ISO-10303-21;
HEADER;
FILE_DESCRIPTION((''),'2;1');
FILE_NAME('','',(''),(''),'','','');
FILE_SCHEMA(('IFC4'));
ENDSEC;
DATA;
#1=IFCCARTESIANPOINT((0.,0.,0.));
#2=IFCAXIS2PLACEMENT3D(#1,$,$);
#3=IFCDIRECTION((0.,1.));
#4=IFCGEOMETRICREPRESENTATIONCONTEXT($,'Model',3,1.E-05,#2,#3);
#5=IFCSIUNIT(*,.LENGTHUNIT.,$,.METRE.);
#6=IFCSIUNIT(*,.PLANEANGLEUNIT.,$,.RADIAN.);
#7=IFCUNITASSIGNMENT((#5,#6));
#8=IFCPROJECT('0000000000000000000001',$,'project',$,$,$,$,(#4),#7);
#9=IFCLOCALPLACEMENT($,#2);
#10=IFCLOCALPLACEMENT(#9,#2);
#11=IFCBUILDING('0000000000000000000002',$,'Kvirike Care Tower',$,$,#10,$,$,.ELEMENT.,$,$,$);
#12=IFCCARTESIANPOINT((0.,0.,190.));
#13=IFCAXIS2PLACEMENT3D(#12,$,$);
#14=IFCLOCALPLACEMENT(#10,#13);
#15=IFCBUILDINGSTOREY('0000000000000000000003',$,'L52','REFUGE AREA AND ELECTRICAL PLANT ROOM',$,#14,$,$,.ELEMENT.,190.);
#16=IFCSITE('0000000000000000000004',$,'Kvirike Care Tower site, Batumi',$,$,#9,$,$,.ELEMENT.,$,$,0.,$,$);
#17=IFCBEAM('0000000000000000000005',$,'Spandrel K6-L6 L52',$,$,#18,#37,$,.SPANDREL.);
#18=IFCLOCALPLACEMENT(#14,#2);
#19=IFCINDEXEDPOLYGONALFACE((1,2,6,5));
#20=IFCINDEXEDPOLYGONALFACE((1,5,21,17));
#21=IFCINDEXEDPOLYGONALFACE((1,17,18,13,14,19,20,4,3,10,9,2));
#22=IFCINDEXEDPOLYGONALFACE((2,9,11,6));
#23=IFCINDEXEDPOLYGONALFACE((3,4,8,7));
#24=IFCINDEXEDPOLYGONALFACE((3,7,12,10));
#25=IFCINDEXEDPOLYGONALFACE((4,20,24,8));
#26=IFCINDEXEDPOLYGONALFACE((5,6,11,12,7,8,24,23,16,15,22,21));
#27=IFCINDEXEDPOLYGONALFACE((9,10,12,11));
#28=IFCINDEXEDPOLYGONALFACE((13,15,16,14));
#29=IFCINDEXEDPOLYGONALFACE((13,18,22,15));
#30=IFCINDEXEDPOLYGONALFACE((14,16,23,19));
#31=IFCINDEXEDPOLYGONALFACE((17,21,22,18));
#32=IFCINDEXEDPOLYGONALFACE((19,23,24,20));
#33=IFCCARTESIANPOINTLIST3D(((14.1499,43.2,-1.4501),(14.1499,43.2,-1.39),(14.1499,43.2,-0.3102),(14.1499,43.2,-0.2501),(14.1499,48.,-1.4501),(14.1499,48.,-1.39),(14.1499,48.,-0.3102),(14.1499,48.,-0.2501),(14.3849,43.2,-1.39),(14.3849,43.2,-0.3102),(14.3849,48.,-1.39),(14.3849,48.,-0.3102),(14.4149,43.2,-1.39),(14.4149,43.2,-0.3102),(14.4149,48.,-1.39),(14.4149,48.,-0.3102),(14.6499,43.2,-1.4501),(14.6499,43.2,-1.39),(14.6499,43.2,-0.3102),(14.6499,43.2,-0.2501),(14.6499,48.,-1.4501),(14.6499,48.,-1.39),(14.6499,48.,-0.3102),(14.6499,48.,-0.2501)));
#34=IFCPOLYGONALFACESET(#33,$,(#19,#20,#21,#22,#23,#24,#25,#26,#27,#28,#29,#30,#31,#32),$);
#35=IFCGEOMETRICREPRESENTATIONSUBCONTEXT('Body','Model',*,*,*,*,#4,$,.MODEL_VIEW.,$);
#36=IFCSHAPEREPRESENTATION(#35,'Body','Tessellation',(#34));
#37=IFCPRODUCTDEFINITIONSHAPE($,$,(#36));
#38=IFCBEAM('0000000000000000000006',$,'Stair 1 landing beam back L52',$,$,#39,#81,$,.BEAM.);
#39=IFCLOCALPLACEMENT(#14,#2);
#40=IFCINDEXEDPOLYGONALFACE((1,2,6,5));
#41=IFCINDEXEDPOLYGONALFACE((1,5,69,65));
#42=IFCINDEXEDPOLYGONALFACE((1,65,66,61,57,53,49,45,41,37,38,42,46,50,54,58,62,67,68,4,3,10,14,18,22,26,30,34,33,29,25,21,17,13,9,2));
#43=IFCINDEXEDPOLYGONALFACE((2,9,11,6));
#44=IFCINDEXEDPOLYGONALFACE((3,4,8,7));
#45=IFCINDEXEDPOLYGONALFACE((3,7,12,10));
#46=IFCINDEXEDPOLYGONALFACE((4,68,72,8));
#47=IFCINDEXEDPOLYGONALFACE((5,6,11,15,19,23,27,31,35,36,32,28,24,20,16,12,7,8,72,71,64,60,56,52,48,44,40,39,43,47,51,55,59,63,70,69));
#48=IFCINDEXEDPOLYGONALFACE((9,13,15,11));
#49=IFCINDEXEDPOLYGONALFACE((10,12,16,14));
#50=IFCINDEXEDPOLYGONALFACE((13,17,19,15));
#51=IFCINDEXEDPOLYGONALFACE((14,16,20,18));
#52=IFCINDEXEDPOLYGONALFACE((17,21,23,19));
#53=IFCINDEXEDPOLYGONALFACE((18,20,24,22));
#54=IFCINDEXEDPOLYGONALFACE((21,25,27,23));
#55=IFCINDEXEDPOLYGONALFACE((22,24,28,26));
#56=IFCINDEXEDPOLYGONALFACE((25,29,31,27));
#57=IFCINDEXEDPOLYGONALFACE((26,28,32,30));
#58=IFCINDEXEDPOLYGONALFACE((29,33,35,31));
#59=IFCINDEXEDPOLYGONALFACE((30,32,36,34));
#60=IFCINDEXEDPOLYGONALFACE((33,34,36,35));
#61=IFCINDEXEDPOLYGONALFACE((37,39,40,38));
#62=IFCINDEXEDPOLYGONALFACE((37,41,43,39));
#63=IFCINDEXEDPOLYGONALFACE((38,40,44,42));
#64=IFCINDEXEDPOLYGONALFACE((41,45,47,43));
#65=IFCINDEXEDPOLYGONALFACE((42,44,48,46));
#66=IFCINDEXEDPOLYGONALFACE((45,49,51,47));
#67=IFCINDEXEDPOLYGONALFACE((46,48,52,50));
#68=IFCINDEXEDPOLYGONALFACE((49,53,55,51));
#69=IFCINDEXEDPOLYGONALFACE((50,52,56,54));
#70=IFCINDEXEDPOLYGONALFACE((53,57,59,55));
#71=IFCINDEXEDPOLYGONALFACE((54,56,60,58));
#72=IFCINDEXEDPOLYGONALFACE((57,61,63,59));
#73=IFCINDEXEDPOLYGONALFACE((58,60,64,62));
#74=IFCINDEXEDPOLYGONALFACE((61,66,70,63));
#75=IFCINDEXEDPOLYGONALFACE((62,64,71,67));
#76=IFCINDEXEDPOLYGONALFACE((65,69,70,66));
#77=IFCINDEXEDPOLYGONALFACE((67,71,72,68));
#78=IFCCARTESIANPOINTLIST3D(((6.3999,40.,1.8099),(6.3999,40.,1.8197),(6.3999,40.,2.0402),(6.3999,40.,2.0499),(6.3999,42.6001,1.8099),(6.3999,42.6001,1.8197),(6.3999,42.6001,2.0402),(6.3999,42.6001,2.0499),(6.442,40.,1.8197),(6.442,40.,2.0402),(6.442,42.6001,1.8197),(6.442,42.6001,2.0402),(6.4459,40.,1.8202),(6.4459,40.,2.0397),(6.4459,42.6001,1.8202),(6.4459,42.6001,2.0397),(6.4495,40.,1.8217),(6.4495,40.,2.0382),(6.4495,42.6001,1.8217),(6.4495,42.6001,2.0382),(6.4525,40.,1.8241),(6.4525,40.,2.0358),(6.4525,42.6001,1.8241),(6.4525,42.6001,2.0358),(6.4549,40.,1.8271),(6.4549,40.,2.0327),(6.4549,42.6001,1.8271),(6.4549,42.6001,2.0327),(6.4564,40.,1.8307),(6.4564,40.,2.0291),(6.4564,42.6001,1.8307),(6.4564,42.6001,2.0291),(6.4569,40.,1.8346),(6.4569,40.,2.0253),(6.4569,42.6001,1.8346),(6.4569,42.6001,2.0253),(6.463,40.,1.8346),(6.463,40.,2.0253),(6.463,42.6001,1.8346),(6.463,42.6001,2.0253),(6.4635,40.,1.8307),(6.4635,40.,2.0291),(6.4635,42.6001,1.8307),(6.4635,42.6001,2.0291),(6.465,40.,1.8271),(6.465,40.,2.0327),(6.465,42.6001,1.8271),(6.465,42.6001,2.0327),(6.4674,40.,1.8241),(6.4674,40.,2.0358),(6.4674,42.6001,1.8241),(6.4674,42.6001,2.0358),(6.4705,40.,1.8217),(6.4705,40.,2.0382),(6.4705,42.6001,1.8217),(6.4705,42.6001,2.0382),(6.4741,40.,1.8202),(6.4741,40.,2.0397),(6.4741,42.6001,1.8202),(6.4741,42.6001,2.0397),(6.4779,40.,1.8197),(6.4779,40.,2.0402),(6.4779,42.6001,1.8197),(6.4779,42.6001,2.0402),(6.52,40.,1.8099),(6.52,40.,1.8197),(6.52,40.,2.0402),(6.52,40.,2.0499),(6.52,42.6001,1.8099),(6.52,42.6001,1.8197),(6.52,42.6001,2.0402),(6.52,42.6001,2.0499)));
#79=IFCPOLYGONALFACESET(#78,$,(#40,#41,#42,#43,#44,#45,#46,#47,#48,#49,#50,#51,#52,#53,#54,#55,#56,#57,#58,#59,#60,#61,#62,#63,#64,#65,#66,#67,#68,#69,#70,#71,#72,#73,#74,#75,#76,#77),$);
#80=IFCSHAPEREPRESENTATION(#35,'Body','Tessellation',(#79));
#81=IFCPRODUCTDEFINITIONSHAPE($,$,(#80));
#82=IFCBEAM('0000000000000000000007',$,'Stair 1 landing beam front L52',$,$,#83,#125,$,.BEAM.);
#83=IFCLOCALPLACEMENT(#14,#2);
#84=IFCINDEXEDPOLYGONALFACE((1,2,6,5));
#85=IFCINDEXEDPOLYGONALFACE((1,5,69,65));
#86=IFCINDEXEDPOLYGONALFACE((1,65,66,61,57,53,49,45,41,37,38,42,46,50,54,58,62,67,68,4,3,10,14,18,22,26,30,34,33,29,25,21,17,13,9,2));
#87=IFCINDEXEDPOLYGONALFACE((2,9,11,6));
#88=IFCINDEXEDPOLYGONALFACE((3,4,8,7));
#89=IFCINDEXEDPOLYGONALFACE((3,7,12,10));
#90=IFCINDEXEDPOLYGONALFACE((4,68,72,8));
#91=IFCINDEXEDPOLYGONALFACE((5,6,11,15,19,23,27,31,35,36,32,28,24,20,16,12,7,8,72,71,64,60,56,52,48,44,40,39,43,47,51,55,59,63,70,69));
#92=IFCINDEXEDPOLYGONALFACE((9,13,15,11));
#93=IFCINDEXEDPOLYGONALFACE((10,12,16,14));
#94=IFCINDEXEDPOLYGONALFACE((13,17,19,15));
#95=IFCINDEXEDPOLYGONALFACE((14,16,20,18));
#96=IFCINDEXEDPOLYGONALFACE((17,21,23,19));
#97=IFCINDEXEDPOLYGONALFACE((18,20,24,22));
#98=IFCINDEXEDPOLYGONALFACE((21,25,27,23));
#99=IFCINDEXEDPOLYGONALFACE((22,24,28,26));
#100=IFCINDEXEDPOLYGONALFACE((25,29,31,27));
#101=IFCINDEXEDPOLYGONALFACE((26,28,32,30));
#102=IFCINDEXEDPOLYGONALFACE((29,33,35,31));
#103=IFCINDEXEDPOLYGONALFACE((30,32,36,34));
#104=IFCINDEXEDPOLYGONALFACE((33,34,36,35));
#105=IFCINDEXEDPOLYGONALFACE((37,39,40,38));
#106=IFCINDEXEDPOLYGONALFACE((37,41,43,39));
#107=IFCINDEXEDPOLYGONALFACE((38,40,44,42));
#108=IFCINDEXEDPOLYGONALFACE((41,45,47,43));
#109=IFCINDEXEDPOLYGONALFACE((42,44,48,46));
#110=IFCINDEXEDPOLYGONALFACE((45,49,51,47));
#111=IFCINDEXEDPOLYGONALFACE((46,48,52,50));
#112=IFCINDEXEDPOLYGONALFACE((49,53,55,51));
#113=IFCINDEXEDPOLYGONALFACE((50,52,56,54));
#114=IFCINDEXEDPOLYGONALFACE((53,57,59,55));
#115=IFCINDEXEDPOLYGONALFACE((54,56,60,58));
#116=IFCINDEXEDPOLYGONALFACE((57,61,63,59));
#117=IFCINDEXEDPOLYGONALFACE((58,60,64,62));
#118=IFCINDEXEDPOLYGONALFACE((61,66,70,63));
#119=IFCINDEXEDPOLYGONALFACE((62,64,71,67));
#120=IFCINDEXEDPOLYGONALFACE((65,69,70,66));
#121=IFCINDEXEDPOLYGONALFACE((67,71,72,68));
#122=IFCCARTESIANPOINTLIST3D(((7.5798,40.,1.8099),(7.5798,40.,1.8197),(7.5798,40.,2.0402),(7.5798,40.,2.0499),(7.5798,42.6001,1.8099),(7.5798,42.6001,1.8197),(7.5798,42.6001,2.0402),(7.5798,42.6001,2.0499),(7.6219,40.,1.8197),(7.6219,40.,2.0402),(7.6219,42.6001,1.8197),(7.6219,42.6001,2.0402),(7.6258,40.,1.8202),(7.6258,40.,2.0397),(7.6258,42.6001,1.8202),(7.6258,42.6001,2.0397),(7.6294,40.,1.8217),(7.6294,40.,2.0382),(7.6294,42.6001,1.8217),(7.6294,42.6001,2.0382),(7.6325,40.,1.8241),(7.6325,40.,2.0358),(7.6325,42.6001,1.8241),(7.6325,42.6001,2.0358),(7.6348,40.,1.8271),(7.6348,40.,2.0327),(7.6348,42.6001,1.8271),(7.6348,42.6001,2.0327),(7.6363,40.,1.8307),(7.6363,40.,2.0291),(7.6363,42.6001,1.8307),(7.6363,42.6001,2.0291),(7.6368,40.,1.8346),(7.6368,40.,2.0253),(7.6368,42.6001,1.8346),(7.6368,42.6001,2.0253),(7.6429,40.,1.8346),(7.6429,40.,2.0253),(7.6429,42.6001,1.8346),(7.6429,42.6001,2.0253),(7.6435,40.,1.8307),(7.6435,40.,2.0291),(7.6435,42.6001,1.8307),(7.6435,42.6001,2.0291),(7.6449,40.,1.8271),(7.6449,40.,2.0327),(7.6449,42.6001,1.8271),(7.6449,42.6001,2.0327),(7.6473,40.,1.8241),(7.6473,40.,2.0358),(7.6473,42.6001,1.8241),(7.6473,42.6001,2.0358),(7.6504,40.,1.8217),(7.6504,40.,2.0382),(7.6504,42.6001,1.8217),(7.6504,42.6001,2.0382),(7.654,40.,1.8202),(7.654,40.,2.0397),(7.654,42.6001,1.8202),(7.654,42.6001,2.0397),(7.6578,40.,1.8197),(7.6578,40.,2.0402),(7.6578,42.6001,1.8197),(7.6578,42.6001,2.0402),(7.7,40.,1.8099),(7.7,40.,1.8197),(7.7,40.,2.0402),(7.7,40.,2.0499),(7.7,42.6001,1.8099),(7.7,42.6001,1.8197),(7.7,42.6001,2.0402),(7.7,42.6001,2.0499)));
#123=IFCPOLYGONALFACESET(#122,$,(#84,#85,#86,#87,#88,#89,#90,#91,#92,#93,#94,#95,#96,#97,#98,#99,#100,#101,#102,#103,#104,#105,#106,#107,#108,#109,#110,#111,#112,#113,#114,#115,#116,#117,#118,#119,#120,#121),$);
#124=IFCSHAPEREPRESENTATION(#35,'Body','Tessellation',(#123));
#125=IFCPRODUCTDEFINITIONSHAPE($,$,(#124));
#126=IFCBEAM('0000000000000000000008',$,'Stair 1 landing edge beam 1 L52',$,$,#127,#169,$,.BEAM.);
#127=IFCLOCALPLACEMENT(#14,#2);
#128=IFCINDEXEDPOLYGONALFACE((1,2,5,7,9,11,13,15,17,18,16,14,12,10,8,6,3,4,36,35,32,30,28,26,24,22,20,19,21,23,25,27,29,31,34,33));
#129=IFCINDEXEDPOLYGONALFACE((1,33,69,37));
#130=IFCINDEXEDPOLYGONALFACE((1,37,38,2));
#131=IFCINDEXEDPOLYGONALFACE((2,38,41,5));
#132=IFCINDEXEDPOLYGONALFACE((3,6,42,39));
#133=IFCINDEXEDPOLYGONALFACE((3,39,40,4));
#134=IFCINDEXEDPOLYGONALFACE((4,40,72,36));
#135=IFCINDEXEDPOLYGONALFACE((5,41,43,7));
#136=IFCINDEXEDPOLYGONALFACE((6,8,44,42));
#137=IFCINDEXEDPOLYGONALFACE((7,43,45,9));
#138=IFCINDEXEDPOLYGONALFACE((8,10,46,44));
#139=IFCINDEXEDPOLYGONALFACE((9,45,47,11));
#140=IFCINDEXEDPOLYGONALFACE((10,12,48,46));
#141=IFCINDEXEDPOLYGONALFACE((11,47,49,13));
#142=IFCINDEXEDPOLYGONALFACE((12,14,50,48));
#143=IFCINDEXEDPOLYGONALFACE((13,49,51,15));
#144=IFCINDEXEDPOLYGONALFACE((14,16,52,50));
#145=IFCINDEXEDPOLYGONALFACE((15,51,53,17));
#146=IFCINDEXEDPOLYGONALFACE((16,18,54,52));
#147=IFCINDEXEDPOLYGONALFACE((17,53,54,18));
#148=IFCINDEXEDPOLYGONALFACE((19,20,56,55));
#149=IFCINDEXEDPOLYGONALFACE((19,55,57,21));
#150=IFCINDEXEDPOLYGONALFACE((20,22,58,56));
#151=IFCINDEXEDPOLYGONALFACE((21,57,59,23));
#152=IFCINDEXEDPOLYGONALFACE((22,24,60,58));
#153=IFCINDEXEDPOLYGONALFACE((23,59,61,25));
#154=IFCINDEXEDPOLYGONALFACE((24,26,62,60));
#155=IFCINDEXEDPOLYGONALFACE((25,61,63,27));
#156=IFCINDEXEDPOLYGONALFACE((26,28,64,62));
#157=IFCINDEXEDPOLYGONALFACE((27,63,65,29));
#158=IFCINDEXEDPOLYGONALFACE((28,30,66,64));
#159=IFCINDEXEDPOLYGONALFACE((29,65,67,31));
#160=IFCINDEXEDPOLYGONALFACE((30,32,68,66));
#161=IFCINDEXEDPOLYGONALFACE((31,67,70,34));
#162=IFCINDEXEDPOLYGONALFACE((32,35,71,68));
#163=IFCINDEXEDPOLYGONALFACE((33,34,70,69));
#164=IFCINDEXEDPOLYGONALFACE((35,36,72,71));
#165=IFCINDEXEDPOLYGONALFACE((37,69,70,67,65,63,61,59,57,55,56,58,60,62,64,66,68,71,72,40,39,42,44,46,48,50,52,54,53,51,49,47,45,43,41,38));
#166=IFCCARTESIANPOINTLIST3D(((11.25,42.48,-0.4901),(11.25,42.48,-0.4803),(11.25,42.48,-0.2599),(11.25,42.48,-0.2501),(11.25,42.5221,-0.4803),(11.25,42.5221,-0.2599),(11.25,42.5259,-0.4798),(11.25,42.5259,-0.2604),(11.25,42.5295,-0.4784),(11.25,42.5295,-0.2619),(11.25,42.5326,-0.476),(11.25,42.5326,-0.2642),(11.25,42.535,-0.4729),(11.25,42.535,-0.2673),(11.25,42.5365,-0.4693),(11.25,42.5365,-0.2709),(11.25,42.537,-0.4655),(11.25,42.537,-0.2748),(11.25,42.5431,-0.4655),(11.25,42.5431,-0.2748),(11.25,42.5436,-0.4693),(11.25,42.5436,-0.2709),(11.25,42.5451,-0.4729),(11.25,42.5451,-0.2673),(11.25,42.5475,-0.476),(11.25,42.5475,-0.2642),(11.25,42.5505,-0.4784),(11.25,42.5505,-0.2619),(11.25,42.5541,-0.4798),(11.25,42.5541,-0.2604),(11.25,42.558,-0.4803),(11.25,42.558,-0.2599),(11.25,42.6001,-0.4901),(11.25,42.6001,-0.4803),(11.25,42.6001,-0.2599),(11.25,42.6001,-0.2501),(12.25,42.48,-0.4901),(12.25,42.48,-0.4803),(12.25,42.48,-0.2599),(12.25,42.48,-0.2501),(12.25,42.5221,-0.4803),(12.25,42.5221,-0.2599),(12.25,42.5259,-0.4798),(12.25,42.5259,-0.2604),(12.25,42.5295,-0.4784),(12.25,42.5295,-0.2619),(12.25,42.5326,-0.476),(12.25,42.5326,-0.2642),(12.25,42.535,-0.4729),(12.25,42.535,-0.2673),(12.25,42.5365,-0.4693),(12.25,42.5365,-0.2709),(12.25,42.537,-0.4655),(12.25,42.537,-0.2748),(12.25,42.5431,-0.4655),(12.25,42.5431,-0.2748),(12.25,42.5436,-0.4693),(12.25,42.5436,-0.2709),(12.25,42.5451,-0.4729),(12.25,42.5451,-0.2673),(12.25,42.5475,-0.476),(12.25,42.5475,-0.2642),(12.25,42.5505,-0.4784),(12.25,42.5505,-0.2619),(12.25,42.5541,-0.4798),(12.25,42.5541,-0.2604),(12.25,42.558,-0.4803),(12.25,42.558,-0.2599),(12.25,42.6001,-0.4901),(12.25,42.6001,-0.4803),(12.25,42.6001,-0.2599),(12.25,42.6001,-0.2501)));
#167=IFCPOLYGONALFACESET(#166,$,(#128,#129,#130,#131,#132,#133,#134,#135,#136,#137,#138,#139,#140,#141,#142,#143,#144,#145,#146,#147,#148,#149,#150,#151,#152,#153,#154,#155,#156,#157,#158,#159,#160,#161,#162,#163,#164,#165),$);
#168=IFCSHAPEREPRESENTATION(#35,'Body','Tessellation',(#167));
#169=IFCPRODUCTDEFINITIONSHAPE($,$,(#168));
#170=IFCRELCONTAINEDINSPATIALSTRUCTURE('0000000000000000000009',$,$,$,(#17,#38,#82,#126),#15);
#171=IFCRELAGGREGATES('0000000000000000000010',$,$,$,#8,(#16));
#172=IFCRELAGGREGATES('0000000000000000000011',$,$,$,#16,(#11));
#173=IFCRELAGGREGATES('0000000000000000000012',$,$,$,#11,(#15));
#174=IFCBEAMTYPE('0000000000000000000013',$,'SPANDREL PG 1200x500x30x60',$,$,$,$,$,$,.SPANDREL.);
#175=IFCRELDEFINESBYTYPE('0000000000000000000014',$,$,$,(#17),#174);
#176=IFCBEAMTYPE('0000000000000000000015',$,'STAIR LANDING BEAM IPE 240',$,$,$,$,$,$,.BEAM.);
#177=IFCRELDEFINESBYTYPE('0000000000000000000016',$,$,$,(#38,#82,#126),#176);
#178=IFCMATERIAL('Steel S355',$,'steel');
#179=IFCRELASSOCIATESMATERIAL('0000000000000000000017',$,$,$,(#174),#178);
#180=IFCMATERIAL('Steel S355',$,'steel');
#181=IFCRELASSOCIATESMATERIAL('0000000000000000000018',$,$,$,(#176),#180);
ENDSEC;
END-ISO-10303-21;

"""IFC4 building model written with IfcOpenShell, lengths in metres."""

from ifc_helpers import new_model, si_unit, direction, frame, origin, origin_2d, place, context, subcontext, project, spatial, i_section, extrude, material, material_profile, profile_set, type_object, element, save


model = new_model("IFC4")

# Units and contexts
model_context = context("Model", 3, precision=1e-05, world=origin(), true_north=direction((0.0, 1.0)))
body_context = subcontext(model_context, "Body", "Model", "MODEL_VIEW")
ifc_project = project(units=[si_unit("LENGTHUNIT", "METRE"), si_unit("PLANEANGLEUNIT", "RADIAN")], contexts=[model_context])

# Site, building, storey
site_placement = place(None, origin())
site = spatial("IfcSite", under=ifc_project, at=site_placement, Name="Kvirike Care Tower site, Batumi", CompositionType="ELEMENT", RefElevation=0.0)
building_placement = place(site_placement, origin())
building = spatial("IfcBuilding", under=site, at=building_placement, Name="Kvirike Care Tower", CompositionType="ELEMENT")
storey_placement = place(building_placement, frame((0.0, 0.0, 190.0)))
storey = spatial("IfcBuildingStorey", under=building, at=storey_placement, Name="L52", Description="REFUGE AREA AND ELECTRICAL PLANT ROOM", CompositionType="ELEMENT", Elevation=190.0)

# Beams
ifc_material_1 = material(Name="Steel S355", Category="steel")
ifc_material_profile_1 = material_profile(ifc_material_1, i_section(OverallWidth=0.5, OverallDepth=1.2, WebThickness=0.03, FlangeThickness=0.0601, at=origin_2d()), Name="PG 1200x500x30x60")
ifc_profile_set_1 = profile_set([ifc_material_profile_1], Name="Steel S355")
beam_type_1 = type_object("IfcBeamType", Name="SPANDREL PG 1200x500x30x60", PredefinedType="SPANDREL", material=ifc_profile_set_1)
beam_1_placement = place(storey_placement, frame((14.3999, 43.2, -0.8501), z_axis=(0.0, 1.0, 0.0), x_axis=(-1.0, 0.0, 0.0)))
element("IfcBeam", 1, at=beam_1_placement, inside=storey, type_object=beam_type_1, Name="Spandrel K6-L6 L52", PredefinedType="SPANDREL", context=body_context, shape_type="SweptSolid", body=[
    extrude(i_section(OverallWidth=0.5, OverallDepth=1.2, WebThickness=0.03, FlangeThickness=0.0601, at=origin_2d()), origin(), (0.0, 0.0, 1.0), 4.8),
])
ifc_material_2 = material(Name="Steel S355", Category="steel")
ifc_material_profile_2 = material_profile(ifc_material_2, i_section(OverallWidth=0.1201, OverallDepth=0.24, WebThickness=0.0061, FlangeThickness=0.0098, FilletRadius=0.0149, at=origin_2d()), Name="IPE 240")
ifc_profile_set_2 = profile_set([ifc_material_profile_2], Name="Steel S355")
beam_type_2 = type_object("IfcBeamType", Name="STAIR LANDING BEAM IPE 240", PredefinedType="BEAM", material=ifc_profile_set_2)
for number, where, z_axis, x_axis, name in (
    (2, (6.46, 42.6001, 1.9299), (0.0, -1.0, 0.0), (1.0, 0.0, 0.0), "Stair 1 landing beam back L52"),
    (3, (7.6399, 42.6001, 1.9299), (0.0, -1.0, 0.0), (1.0, 0.0, 0.0), "Stair 1 landing beam front L52"),
):
    element("IfcBeam", number, at=place(storey_placement, frame(where, z_axis=z_axis, x_axis=x_axis)), inside=storey, type_object=beam_type_2, Name=name, PredefinedType="BEAM", context=body_context, shape_type="SweptSolid", body=[
        extrude(i_section(OverallWidth=0.1201, OverallDepth=0.24, WebThickness=0.0061, FlangeThickness=0.0098, FilletRadius=0.0149, at=origin_2d()), origin(), (0.0, 0.0, 1.0), 2.6001),
    ])
for number, where, z_axis, x_axis, name in (
    (4, (11.25, 42.54, -0.3701), (1.0, 0.0, 0.0), (0.0, 1.0, 0.0), "Stair 1 landing edge beam 1 L52"),
):
    element("IfcBeam", number, at=place(storey_placement, frame(where, z_axis=z_axis, x_axis=x_axis)), inside=storey, type_object=beam_type_2, Name=name, PredefinedType="BEAM", context=body_context, shape_type="SweptSolid", body=[
        extrude(i_section(OverallWidth=0.1201, OverallDepth=0.24, WebThickness=0.0061, FlangeThickness=0.0098, FilletRadius=0.0149, at=origin_2d()), origin(), (0.0, 0.0, 1.0), 1.0),
    ])

save(model, "model.ifc")
